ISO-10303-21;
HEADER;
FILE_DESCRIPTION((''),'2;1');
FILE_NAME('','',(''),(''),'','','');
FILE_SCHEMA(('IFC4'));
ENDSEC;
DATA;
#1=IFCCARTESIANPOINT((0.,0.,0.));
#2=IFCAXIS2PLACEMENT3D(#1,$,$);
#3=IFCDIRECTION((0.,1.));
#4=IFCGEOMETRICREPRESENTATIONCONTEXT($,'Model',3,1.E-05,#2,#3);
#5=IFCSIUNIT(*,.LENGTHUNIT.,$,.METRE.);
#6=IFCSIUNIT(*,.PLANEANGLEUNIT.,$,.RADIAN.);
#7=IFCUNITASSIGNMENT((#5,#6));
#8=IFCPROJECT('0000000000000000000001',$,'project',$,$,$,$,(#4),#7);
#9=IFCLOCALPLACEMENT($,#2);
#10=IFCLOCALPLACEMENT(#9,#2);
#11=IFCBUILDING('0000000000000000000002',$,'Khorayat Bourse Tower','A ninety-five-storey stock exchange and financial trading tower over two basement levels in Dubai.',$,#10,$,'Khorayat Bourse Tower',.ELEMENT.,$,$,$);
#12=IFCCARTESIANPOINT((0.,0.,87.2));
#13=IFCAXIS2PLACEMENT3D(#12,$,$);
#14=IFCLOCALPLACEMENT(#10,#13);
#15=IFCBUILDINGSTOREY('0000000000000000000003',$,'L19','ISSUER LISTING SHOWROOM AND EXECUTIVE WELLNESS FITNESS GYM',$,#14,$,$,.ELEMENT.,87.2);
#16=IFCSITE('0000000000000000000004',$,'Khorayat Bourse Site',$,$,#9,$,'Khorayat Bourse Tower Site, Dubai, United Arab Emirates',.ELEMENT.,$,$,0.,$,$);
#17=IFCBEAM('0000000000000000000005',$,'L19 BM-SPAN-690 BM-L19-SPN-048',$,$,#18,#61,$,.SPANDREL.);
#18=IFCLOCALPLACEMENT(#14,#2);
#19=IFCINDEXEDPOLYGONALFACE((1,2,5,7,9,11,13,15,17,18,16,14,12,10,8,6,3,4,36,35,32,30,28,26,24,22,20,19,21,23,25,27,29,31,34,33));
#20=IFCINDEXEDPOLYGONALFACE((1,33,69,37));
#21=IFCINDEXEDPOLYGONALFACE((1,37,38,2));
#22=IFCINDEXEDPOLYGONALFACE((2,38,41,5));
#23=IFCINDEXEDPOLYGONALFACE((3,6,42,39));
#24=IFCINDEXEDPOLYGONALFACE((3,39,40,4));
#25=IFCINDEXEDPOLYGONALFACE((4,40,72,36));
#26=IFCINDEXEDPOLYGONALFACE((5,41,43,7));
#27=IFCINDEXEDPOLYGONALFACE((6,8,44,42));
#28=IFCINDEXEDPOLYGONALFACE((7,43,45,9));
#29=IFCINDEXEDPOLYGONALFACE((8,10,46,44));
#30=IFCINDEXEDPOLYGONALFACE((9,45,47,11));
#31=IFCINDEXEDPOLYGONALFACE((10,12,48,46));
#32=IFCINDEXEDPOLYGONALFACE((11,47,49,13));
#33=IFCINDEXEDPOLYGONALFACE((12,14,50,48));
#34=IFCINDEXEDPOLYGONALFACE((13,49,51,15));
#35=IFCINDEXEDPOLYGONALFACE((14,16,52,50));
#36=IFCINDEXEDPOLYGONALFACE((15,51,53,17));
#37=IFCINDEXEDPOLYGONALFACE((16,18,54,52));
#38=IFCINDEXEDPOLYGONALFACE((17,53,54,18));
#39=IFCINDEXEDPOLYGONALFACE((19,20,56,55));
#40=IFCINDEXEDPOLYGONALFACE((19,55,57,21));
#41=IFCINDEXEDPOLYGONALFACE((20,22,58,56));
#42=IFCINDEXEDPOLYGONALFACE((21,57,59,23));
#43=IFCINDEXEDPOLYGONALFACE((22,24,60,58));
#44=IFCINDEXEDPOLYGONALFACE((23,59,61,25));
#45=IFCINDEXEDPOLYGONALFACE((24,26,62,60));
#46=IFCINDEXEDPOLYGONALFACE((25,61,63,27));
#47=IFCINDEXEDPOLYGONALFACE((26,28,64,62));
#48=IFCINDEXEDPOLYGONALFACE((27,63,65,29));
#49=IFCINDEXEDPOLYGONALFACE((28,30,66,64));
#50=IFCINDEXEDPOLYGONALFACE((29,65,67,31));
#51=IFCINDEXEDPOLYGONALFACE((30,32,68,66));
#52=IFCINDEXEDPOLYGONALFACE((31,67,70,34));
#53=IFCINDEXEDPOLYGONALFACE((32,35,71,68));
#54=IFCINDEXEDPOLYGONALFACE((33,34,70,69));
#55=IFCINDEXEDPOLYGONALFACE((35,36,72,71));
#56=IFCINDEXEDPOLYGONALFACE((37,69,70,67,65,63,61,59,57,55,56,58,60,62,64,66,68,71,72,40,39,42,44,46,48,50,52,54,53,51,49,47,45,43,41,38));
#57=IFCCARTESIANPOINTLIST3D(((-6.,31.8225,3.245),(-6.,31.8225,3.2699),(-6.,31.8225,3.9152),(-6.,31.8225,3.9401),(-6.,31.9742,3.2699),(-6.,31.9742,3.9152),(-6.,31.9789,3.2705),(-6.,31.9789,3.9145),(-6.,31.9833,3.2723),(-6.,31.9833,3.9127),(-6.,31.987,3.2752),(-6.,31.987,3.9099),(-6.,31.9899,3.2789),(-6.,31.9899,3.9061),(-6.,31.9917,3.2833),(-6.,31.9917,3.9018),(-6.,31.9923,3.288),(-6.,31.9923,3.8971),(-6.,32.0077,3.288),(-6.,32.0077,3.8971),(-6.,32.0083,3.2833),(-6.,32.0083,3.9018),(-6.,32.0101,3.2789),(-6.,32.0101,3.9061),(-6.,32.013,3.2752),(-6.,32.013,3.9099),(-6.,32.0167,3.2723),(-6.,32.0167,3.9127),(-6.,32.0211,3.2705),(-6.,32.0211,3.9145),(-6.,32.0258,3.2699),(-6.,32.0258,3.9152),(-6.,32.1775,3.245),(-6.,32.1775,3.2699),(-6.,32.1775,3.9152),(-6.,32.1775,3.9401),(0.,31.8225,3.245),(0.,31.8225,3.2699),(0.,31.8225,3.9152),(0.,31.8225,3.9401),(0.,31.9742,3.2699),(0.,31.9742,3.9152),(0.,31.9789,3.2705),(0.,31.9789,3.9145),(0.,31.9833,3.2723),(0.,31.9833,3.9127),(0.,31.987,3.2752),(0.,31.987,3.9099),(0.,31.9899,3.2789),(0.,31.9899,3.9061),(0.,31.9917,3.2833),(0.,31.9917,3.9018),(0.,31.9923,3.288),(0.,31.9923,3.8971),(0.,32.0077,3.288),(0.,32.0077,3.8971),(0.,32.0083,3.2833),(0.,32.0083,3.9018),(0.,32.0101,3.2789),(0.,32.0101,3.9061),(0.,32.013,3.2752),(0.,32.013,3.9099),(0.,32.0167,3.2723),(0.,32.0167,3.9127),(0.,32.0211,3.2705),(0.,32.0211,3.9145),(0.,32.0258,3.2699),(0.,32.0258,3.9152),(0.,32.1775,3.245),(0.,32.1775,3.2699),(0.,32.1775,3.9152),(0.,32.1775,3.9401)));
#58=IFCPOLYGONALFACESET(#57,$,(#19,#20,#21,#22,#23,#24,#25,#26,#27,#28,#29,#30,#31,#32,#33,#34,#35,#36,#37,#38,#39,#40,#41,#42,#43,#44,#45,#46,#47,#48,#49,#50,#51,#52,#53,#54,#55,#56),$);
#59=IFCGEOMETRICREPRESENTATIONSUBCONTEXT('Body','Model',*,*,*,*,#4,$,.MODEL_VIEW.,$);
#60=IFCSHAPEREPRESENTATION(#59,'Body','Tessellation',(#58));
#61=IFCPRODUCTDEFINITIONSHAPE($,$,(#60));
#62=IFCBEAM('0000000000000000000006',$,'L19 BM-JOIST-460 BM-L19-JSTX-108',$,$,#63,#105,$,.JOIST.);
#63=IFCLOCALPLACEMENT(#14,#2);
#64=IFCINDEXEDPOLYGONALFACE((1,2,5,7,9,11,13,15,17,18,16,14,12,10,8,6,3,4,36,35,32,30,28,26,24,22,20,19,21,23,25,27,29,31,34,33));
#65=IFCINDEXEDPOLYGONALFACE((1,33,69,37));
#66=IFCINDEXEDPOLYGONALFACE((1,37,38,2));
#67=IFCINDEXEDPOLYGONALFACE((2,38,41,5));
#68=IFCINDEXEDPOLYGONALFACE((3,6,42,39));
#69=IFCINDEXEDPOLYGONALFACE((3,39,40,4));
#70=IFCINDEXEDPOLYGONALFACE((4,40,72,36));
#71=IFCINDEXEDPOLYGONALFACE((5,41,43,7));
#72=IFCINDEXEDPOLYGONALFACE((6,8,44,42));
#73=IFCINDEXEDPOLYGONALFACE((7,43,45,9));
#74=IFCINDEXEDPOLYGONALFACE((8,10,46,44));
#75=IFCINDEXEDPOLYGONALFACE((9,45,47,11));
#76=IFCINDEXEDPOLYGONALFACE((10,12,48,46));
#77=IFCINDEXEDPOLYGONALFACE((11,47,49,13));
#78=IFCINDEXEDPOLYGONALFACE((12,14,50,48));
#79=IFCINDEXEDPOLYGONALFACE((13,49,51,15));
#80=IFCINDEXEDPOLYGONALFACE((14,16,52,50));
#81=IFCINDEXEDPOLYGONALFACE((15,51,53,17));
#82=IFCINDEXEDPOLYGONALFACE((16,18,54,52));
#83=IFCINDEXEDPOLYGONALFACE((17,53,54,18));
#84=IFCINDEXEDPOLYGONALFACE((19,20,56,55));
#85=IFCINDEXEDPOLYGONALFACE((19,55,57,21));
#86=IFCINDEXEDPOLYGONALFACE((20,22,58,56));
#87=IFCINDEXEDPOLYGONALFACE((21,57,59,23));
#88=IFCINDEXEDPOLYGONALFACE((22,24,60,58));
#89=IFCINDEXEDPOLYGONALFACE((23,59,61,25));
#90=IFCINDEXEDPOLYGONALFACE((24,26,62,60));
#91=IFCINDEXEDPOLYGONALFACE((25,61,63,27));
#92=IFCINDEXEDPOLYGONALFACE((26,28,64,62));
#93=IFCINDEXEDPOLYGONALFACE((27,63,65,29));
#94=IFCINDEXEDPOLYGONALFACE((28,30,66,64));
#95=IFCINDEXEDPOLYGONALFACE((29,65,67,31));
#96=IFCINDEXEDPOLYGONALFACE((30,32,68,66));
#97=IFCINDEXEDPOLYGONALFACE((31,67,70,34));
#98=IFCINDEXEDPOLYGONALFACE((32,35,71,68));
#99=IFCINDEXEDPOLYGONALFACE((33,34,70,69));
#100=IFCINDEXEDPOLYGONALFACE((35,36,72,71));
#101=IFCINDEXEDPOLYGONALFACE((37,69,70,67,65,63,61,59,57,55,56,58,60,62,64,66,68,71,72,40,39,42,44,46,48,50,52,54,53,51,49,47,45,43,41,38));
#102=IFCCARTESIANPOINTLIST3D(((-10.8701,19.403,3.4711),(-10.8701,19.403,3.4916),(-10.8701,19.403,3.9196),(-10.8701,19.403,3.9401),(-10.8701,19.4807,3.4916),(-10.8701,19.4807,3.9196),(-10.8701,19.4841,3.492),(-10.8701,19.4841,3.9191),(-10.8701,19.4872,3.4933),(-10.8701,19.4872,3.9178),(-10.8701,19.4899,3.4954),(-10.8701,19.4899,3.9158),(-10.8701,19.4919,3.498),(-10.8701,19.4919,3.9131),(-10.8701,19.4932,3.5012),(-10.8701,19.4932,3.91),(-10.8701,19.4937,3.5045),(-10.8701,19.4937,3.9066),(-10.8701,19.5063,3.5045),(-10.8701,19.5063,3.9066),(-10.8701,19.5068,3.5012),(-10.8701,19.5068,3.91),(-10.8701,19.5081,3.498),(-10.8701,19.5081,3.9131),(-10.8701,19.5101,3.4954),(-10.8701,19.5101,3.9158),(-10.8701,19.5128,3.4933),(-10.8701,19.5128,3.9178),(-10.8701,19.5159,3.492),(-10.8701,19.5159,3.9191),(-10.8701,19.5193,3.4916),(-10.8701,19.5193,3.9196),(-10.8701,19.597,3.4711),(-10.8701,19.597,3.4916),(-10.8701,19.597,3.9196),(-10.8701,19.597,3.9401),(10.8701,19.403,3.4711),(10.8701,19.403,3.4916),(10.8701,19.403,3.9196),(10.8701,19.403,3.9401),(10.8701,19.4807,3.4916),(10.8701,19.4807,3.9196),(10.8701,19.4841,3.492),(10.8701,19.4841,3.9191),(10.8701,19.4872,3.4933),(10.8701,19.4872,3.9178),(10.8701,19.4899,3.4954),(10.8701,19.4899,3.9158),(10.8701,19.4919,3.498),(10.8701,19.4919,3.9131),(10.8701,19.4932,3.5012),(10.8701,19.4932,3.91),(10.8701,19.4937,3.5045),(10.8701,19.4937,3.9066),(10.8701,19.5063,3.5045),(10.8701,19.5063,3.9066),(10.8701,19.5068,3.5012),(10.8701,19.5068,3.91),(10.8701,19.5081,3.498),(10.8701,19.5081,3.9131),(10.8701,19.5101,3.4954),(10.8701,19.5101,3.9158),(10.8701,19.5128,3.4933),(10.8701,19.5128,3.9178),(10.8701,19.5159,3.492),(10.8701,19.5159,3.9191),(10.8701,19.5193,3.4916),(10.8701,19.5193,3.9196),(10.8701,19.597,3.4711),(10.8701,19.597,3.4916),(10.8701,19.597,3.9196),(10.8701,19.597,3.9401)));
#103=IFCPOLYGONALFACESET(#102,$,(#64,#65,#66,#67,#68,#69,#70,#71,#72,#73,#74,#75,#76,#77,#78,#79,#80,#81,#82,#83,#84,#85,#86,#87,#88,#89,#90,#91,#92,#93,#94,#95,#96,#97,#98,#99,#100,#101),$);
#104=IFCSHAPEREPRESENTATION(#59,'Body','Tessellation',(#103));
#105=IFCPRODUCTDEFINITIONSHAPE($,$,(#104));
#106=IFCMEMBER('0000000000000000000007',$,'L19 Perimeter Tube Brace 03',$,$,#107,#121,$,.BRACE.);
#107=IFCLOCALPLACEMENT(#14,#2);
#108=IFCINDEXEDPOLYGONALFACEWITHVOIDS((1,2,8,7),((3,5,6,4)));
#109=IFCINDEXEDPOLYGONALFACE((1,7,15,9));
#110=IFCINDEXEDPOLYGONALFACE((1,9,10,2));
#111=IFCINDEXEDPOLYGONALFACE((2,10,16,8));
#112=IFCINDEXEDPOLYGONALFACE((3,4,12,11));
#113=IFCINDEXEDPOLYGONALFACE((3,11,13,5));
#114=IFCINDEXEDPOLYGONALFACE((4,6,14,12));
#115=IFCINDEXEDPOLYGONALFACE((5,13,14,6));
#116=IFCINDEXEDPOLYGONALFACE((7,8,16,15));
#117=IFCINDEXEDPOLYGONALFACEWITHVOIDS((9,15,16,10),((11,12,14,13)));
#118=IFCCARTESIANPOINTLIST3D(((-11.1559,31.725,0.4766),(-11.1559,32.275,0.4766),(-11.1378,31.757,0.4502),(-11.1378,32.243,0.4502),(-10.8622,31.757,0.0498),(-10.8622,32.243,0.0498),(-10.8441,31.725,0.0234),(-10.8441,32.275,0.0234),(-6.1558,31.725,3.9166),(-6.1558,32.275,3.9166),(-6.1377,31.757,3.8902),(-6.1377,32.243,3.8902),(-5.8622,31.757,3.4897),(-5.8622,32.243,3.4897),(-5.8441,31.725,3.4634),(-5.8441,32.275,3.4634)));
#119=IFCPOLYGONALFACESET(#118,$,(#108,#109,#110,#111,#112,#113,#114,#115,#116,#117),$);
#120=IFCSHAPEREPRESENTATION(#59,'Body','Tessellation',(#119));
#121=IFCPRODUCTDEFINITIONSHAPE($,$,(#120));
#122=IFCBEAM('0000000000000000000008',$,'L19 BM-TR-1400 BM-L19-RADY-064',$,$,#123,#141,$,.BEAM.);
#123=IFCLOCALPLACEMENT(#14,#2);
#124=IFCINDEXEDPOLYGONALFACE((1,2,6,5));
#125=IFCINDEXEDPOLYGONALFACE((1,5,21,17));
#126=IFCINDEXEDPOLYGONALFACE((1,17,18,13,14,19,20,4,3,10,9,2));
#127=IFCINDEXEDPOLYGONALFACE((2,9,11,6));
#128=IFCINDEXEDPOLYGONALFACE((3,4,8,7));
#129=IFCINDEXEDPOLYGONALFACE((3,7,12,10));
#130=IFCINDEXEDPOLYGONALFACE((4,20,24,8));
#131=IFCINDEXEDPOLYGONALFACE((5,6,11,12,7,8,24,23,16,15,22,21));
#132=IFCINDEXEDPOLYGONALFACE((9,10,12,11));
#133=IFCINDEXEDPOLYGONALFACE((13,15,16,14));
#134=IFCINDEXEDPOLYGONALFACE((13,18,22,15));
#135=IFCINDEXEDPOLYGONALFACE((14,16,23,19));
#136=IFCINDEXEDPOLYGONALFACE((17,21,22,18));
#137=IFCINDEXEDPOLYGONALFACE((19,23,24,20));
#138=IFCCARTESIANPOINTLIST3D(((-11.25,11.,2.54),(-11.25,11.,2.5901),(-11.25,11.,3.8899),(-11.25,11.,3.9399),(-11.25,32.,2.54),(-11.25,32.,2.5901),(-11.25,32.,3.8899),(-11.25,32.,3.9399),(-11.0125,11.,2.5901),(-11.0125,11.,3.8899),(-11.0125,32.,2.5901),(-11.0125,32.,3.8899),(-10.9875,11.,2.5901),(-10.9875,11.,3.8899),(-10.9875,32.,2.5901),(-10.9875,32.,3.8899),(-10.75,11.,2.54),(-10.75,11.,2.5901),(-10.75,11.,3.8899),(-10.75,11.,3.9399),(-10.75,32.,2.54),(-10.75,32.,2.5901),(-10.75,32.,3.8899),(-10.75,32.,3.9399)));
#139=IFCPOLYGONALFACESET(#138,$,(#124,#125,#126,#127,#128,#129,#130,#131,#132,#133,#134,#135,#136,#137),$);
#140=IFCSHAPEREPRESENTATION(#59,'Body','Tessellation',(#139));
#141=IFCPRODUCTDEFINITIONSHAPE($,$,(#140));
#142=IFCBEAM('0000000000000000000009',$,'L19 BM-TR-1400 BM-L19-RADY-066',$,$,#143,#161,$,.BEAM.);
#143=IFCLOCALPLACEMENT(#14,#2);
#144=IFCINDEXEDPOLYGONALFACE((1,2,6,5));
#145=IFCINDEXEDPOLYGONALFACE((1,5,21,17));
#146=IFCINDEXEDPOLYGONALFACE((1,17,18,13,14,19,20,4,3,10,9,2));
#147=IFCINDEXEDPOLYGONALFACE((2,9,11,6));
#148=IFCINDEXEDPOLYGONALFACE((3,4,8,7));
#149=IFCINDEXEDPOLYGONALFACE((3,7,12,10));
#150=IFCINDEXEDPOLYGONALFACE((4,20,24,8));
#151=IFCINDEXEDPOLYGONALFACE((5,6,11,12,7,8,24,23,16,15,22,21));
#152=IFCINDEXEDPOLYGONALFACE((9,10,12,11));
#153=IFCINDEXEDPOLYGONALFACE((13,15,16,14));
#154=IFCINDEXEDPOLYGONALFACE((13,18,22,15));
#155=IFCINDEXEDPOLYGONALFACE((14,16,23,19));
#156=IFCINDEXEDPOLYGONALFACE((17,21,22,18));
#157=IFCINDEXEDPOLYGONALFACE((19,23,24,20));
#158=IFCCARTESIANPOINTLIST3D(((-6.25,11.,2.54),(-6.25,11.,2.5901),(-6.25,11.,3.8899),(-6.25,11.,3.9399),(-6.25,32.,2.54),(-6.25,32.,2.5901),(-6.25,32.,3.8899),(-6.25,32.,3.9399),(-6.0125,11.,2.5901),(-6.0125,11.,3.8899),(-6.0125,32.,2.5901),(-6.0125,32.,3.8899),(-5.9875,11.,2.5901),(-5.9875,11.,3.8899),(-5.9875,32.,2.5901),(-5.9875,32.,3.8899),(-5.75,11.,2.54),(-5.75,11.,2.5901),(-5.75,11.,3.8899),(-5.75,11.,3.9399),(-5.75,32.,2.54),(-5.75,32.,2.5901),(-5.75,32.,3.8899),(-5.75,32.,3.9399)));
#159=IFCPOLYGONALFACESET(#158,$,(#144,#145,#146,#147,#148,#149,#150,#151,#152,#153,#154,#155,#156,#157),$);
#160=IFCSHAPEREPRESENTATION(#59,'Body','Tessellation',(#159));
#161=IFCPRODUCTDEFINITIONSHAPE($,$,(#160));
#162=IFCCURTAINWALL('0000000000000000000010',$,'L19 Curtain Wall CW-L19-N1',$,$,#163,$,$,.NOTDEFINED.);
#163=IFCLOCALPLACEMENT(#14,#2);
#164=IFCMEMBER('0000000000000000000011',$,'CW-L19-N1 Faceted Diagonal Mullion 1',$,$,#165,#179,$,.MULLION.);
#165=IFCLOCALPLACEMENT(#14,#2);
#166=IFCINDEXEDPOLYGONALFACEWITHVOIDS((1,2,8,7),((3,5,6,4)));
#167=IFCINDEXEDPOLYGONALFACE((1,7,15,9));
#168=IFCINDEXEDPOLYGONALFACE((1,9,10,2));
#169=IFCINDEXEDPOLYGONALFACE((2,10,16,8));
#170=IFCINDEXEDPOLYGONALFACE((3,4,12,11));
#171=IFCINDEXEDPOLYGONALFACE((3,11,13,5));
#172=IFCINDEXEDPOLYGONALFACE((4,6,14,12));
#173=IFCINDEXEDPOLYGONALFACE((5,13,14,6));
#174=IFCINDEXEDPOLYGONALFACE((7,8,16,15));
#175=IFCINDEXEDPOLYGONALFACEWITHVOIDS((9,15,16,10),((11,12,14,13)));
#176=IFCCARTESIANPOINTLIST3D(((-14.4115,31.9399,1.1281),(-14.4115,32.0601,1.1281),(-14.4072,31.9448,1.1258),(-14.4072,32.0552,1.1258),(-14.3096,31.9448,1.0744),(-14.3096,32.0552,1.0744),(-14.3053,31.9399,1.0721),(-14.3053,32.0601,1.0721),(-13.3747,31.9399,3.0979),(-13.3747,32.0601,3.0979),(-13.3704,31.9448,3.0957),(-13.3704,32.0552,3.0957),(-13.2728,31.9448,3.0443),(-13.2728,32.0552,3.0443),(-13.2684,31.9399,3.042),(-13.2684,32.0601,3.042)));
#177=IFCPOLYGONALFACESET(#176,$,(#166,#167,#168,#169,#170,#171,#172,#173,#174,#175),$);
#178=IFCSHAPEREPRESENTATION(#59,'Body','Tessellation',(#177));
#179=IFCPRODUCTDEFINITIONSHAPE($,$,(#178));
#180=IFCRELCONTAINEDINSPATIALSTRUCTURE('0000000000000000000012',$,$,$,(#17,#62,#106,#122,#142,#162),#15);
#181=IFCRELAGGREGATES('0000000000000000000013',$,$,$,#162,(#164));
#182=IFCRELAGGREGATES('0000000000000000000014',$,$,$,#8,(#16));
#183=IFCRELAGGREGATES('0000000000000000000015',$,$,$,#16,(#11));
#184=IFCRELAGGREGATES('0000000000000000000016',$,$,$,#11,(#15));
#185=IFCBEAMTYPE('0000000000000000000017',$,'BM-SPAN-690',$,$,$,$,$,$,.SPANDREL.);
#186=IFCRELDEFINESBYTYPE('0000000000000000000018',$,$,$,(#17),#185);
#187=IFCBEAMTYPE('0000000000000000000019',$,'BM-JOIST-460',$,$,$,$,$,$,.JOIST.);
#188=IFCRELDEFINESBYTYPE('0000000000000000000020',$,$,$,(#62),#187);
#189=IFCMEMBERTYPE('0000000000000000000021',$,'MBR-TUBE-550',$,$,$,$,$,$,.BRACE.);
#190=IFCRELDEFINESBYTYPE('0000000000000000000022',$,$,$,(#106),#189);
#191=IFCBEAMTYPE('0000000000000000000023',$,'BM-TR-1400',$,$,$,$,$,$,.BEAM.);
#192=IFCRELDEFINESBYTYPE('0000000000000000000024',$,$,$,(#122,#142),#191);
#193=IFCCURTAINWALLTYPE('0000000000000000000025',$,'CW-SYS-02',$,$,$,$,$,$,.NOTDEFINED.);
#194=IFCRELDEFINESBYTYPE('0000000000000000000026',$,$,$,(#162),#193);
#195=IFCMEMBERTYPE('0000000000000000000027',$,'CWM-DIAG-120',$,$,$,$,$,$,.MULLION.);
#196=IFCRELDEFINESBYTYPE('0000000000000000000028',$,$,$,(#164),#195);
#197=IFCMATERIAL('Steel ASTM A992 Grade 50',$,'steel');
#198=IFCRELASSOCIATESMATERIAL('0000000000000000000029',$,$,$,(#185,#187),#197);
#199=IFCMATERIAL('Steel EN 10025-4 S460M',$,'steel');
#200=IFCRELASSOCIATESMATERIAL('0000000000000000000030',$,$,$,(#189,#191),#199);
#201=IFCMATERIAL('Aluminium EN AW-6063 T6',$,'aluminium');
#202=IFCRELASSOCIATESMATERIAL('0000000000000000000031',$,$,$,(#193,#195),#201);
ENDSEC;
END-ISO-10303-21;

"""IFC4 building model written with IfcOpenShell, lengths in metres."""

from ifc_helpers import new_model, si_unit, direction, frame, origin, origin_2d, place, context, subcontext, project, spatial, hollow_rectangle, i_section, extrude, source, transform, mapped, material, material_profile, profile_set, type_object, element, aggregate, save


model = new_model("IFC4")

# Units and contexts
model_context = context("Model", 3, precision=1e-05, world=origin(), true_north=direction((0.0, 1.0)))
body_context = subcontext(model_context, "Body", "Model", "MODEL_VIEW")
ifc_project = project(units=[si_unit("LENGTHUNIT", "METRE"), si_unit("PLANEANGLEUNIT", "RADIAN")], contexts=[model_context])

# Site, building, storey
site_placement = place(None, origin())
site = spatial("IfcSite", under=ifc_project, at=site_placement, Name="Khorayat Bourse Site", LongName="Khorayat Bourse Tower Site, Dubai, United Arab Emirates", CompositionType="ELEMENT", RefElevation=0.0)
building_placement = place(site_placement, origin())
building = spatial("IfcBuilding", under=site, at=building_placement, Name="Khorayat Bourse Tower", Description="A ninety-five-storey stock exchange and financial trading tower over two basement levels in Dubai.", LongName="Khorayat Bourse Tower", CompositionType="ELEMENT")
storey_placement = place(building_placement, frame((0.0, 0.0, 87.2)))
storey = spatial("IfcBuildingStorey", under=building, at=storey_placement, Name="L19", Description="ISSUER LISTING SHOWROOM AND EXECUTIVE WELLNESS FITNESS GYM", CompositionType="ELEMENT", Elevation=87.2)

# Shared definitions
ifc_material_1 = material(Name="Steel EN 10025-4 S460M", Category="steel")

# Beams
ifc_material_2 = material(Name="Steel ASTM A992 Grade 50", Category="steel")
ifc_material_profile_1 = material_profile(ifc_material_2, i_section(OverallWidth=0.355, OverallDepth=0.6951, WebThickness=0.0154, FlangeThickness=0.0249, FilletRadius=0.0181, at=origin_2d()), Name="W690X217")
ifc_profile_set_1 = profile_set([ifc_material_profile_1], Name="Steel ASTM A992 Grade 50")
beam_type_1 = type_object("IfcBeamType", Name="BM-SPAN-690", PredefinedType="SPANDREL", material=ifc_profile_set_1)
shared_shape_1 = source(origin(), body_context, "Body", "SweptSolid", [
    extrude(i_section(OverallWidth=0.355, OverallDepth=0.6951, WebThickness=0.0154, FlangeThickness=0.0249, FilletRadius=0.0181, at=origin_2d()), origin(), (0.0, 0.0, 1.0), 6.0),
])
beam_1_placement = place(storey_placement, frame((-6.0, 32.0, 3.5925), z_axis=(1.0, 0.0, 0.0), x_axis=(0.0, 1.0, 0.0)))
element("IfcBeam", 1, at=beam_1_placement, inside=storey, type_object=beam_type_1, Name="L19 BM-SPAN-690 BM-L19-SPN-048", PredefinedType="SPANDREL", context=body_context, shape_type="MappedRepresentation", body=[
    mapped(shared_shape_1, transform((0.0, 0.0, 0.0), scale=1.0)),
])
ifc_material_profile_2 = material_profile(ifc_material_2, i_section(OverallWidth=0.1941, OverallDepth=0.469, WebThickness=0.0127, FlangeThickness=0.0205, FilletRadius=0.0129, at=origin_2d()), Name="W460X106")
ifc_profile_set_2 = profile_set([ifc_material_profile_2], Name="Steel ASTM A992 Grade 50")
beam_type_2 = type_object("IfcBeamType", Name="BM-JOIST-460", PredefinedType="JOIST", material=ifc_profile_set_2)
shared_shape_2 = source(origin(), body_context, "Body", "SweptSolid", [
    extrude(i_section(OverallWidth=0.1941, OverallDepth=0.469, WebThickness=0.0127, FlangeThickness=0.0205, FilletRadius=0.0129, at=origin_2d()), origin(), (0.0, 0.0, 1.0), 21.7402),
])
beam_2_placement = place(storey_placement, frame((-10.8701, 19.5, 3.7056), z_axis=(1.0, 0.0, 0.0), x_axis=(0.0, 1.0, 0.0)))
element("IfcBeam", 2, at=beam_2_placement, inside=storey, type_object=beam_type_2, Name="L19 BM-JOIST-460 BM-L19-JSTX-108", PredefinedType="JOIST", context=body_context, shape_type="MappedRepresentation", body=[
    mapped(shared_shape_2, transform((0.0, 0.0, 0.0), scale=1.0)),
])

# Member
ifc_material_profile_3 = material_profile(ifc_material_1, hollow_rectangle(XDim=0.55, YDim=0.55, WallThickness=0.032, at=origin_2d()), Name="HSS 550x550x32")
ifc_profile_set_3 = profile_set([ifc_material_profile_3], Name="Steel EN 10025-4 S460M")
member_type_1 = type_object("IfcMemberType", Name="MBR-TUBE-550", PredefinedType="BRACE", material=ifc_profile_set_3)
shared_shape_3 = source(origin(), body_context, "Body", "SweptSolid", [
    extrude(hollow_rectangle(XDim=0.55, YDim=0.55, WallThickness=0.032, at=origin_2d()), origin(), (0.0, 0.0, 1.0), 6.0691),
])
member_1_placement = place(storey_placement, frame((-11.0, 32.0, 0.25), z_axis=(0.823854, 0.0, 0.566802), x_axis=(0.0, 1.0, 0.0)))
element("IfcMember", 3, at=member_1_placement, inside=storey, type_object=member_type_1, Name="L19 Perimeter Tube Brace 03", PredefinedType="BRACE", context=body_context, shape_type="MappedRepresentation", body=[
    mapped(shared_shape_3, transform((0.0, 0.0, 0.0), scale=1.0)),
])

# Beams
ifc_material_profile_4 = material_profile(ifc_material_1, i_section(OverallWidth=0.5, OverallDepth=1.3999, WebThickness=0.0249, FlangeThickness=0.05, at=origin_2d()), Name="PG 1400x500x25x50")
ifc_profile_set_4 = profile_set([ifc_material_profile_4], Name="Steel EN 10025-4 S460M")
beam_type_3 = type_object("IfcBeamType", Name="BM-TR-1400", PredefinedType="BEAM", material=ifc_profile_set_4)
shared_shape_4 = source(origin(), body_context, "Body", "SweptSolid", [
    extrude(i_section(OverallWidth=0.5, OverallDepth=1.3999, WebThickness=0.0249, FlangeThickness=0.05, at=origin_2d()), origin(), (0.0, 0.0, 1.0), 21.0),
])
for number, where, z_axis, x_axis, name in (
    (4, (-11.0, 11.0, 3.24), (0.0, 1.0, 0.0), (-1.0, 0.0, 0.0), "L19 BM-TR-1400 BM-L19-RADY-064"),
    (5, (-6.0, 11.0, 3.24), (0.0, 1.0, 0.0), (-1.0, 0.0, 0.0), "L19 BM-TR-1400 BM-L19-RADY-066"),
):
    element("IfcBeam", number, at=place(storey_placement, frame(where, z_axis=z_axis, x_axis=x_axis)), inside=storey, type_object=beam_type_3, Name=name, PredefinedType="BEAM", context=body_context, shape_type="MappedRepresentation", body=[
        mapped(shared_shape_4, transform((0.0, 0.0, 0.0), scale=1.0)),
    ])

# Curtain wall, member
ifc_material_3 = material(Name="Aluminium EN AW-6063 T6", Category="aluminium")
curtain_wall_type = type_object("IfcCurtainWallType", Name="CW-SYS-02", PredefinedType="NOTDEFINED", material=ifc_material_3)
curtain_wall_placement = place(storey_placement, origin())
curtain_wall = element("IfcCurtainWall", 6, at=curtain_wall_placement, inside=storey, type_object=curtain_wall_type, Name="L19 Curtain Wall CW-L19-N1", PredefinedType="NOTDEFINED")
ifc_material_profile_5 = material_profile(ifc_material_3, hollow_rectangle(XDim=0.1201, YDim=0.1201, WallThickness=0.0049, at=origin_2d()), Name="ALU 120x120x5")
ifc_profile_set_5 = profile_set([ifc_material_profile_5], Name="Aluminium EN AW-6063 T6")
member_type_2 = type_object("IfcMemberType", Name="CWM-DIAG-120", PredefinedType="MULLION", material=ifc_profile_set_5)
shared_shape_5 = source(origin(), body_context, "Body", "SweptSolid", [
    extrude(hollow_rectangle(XDim=0.1201, YDim=0.1201, WallThickness=0.0049, at=origin_2d()), origin(), (0.0, 0.0, 1.0), 2.2261),
])
member_2_placement = place(storey_placement, frame((-14.3584, 32.0, 1.1001), z_axis=(0.46576, 0.0, 0.884911), x_axis=(0.0, 1.0, 0.0)))
member_2 = element("IfcMember", 7, at=member_2_placement, type_object=member_type_2, Name="CW-L19-N1 Faceted Diagonal Mullion 1", PredefinedType="MULLION", context=body_context, shape_type="MappedRepresentation", body=[
    mapped(shared_shape_5, transform((0.0, 0.0, 0.0), scale=1.0)),
])

aggregate(curtain_wall, [member_2])

save(model, "model.ifc")
